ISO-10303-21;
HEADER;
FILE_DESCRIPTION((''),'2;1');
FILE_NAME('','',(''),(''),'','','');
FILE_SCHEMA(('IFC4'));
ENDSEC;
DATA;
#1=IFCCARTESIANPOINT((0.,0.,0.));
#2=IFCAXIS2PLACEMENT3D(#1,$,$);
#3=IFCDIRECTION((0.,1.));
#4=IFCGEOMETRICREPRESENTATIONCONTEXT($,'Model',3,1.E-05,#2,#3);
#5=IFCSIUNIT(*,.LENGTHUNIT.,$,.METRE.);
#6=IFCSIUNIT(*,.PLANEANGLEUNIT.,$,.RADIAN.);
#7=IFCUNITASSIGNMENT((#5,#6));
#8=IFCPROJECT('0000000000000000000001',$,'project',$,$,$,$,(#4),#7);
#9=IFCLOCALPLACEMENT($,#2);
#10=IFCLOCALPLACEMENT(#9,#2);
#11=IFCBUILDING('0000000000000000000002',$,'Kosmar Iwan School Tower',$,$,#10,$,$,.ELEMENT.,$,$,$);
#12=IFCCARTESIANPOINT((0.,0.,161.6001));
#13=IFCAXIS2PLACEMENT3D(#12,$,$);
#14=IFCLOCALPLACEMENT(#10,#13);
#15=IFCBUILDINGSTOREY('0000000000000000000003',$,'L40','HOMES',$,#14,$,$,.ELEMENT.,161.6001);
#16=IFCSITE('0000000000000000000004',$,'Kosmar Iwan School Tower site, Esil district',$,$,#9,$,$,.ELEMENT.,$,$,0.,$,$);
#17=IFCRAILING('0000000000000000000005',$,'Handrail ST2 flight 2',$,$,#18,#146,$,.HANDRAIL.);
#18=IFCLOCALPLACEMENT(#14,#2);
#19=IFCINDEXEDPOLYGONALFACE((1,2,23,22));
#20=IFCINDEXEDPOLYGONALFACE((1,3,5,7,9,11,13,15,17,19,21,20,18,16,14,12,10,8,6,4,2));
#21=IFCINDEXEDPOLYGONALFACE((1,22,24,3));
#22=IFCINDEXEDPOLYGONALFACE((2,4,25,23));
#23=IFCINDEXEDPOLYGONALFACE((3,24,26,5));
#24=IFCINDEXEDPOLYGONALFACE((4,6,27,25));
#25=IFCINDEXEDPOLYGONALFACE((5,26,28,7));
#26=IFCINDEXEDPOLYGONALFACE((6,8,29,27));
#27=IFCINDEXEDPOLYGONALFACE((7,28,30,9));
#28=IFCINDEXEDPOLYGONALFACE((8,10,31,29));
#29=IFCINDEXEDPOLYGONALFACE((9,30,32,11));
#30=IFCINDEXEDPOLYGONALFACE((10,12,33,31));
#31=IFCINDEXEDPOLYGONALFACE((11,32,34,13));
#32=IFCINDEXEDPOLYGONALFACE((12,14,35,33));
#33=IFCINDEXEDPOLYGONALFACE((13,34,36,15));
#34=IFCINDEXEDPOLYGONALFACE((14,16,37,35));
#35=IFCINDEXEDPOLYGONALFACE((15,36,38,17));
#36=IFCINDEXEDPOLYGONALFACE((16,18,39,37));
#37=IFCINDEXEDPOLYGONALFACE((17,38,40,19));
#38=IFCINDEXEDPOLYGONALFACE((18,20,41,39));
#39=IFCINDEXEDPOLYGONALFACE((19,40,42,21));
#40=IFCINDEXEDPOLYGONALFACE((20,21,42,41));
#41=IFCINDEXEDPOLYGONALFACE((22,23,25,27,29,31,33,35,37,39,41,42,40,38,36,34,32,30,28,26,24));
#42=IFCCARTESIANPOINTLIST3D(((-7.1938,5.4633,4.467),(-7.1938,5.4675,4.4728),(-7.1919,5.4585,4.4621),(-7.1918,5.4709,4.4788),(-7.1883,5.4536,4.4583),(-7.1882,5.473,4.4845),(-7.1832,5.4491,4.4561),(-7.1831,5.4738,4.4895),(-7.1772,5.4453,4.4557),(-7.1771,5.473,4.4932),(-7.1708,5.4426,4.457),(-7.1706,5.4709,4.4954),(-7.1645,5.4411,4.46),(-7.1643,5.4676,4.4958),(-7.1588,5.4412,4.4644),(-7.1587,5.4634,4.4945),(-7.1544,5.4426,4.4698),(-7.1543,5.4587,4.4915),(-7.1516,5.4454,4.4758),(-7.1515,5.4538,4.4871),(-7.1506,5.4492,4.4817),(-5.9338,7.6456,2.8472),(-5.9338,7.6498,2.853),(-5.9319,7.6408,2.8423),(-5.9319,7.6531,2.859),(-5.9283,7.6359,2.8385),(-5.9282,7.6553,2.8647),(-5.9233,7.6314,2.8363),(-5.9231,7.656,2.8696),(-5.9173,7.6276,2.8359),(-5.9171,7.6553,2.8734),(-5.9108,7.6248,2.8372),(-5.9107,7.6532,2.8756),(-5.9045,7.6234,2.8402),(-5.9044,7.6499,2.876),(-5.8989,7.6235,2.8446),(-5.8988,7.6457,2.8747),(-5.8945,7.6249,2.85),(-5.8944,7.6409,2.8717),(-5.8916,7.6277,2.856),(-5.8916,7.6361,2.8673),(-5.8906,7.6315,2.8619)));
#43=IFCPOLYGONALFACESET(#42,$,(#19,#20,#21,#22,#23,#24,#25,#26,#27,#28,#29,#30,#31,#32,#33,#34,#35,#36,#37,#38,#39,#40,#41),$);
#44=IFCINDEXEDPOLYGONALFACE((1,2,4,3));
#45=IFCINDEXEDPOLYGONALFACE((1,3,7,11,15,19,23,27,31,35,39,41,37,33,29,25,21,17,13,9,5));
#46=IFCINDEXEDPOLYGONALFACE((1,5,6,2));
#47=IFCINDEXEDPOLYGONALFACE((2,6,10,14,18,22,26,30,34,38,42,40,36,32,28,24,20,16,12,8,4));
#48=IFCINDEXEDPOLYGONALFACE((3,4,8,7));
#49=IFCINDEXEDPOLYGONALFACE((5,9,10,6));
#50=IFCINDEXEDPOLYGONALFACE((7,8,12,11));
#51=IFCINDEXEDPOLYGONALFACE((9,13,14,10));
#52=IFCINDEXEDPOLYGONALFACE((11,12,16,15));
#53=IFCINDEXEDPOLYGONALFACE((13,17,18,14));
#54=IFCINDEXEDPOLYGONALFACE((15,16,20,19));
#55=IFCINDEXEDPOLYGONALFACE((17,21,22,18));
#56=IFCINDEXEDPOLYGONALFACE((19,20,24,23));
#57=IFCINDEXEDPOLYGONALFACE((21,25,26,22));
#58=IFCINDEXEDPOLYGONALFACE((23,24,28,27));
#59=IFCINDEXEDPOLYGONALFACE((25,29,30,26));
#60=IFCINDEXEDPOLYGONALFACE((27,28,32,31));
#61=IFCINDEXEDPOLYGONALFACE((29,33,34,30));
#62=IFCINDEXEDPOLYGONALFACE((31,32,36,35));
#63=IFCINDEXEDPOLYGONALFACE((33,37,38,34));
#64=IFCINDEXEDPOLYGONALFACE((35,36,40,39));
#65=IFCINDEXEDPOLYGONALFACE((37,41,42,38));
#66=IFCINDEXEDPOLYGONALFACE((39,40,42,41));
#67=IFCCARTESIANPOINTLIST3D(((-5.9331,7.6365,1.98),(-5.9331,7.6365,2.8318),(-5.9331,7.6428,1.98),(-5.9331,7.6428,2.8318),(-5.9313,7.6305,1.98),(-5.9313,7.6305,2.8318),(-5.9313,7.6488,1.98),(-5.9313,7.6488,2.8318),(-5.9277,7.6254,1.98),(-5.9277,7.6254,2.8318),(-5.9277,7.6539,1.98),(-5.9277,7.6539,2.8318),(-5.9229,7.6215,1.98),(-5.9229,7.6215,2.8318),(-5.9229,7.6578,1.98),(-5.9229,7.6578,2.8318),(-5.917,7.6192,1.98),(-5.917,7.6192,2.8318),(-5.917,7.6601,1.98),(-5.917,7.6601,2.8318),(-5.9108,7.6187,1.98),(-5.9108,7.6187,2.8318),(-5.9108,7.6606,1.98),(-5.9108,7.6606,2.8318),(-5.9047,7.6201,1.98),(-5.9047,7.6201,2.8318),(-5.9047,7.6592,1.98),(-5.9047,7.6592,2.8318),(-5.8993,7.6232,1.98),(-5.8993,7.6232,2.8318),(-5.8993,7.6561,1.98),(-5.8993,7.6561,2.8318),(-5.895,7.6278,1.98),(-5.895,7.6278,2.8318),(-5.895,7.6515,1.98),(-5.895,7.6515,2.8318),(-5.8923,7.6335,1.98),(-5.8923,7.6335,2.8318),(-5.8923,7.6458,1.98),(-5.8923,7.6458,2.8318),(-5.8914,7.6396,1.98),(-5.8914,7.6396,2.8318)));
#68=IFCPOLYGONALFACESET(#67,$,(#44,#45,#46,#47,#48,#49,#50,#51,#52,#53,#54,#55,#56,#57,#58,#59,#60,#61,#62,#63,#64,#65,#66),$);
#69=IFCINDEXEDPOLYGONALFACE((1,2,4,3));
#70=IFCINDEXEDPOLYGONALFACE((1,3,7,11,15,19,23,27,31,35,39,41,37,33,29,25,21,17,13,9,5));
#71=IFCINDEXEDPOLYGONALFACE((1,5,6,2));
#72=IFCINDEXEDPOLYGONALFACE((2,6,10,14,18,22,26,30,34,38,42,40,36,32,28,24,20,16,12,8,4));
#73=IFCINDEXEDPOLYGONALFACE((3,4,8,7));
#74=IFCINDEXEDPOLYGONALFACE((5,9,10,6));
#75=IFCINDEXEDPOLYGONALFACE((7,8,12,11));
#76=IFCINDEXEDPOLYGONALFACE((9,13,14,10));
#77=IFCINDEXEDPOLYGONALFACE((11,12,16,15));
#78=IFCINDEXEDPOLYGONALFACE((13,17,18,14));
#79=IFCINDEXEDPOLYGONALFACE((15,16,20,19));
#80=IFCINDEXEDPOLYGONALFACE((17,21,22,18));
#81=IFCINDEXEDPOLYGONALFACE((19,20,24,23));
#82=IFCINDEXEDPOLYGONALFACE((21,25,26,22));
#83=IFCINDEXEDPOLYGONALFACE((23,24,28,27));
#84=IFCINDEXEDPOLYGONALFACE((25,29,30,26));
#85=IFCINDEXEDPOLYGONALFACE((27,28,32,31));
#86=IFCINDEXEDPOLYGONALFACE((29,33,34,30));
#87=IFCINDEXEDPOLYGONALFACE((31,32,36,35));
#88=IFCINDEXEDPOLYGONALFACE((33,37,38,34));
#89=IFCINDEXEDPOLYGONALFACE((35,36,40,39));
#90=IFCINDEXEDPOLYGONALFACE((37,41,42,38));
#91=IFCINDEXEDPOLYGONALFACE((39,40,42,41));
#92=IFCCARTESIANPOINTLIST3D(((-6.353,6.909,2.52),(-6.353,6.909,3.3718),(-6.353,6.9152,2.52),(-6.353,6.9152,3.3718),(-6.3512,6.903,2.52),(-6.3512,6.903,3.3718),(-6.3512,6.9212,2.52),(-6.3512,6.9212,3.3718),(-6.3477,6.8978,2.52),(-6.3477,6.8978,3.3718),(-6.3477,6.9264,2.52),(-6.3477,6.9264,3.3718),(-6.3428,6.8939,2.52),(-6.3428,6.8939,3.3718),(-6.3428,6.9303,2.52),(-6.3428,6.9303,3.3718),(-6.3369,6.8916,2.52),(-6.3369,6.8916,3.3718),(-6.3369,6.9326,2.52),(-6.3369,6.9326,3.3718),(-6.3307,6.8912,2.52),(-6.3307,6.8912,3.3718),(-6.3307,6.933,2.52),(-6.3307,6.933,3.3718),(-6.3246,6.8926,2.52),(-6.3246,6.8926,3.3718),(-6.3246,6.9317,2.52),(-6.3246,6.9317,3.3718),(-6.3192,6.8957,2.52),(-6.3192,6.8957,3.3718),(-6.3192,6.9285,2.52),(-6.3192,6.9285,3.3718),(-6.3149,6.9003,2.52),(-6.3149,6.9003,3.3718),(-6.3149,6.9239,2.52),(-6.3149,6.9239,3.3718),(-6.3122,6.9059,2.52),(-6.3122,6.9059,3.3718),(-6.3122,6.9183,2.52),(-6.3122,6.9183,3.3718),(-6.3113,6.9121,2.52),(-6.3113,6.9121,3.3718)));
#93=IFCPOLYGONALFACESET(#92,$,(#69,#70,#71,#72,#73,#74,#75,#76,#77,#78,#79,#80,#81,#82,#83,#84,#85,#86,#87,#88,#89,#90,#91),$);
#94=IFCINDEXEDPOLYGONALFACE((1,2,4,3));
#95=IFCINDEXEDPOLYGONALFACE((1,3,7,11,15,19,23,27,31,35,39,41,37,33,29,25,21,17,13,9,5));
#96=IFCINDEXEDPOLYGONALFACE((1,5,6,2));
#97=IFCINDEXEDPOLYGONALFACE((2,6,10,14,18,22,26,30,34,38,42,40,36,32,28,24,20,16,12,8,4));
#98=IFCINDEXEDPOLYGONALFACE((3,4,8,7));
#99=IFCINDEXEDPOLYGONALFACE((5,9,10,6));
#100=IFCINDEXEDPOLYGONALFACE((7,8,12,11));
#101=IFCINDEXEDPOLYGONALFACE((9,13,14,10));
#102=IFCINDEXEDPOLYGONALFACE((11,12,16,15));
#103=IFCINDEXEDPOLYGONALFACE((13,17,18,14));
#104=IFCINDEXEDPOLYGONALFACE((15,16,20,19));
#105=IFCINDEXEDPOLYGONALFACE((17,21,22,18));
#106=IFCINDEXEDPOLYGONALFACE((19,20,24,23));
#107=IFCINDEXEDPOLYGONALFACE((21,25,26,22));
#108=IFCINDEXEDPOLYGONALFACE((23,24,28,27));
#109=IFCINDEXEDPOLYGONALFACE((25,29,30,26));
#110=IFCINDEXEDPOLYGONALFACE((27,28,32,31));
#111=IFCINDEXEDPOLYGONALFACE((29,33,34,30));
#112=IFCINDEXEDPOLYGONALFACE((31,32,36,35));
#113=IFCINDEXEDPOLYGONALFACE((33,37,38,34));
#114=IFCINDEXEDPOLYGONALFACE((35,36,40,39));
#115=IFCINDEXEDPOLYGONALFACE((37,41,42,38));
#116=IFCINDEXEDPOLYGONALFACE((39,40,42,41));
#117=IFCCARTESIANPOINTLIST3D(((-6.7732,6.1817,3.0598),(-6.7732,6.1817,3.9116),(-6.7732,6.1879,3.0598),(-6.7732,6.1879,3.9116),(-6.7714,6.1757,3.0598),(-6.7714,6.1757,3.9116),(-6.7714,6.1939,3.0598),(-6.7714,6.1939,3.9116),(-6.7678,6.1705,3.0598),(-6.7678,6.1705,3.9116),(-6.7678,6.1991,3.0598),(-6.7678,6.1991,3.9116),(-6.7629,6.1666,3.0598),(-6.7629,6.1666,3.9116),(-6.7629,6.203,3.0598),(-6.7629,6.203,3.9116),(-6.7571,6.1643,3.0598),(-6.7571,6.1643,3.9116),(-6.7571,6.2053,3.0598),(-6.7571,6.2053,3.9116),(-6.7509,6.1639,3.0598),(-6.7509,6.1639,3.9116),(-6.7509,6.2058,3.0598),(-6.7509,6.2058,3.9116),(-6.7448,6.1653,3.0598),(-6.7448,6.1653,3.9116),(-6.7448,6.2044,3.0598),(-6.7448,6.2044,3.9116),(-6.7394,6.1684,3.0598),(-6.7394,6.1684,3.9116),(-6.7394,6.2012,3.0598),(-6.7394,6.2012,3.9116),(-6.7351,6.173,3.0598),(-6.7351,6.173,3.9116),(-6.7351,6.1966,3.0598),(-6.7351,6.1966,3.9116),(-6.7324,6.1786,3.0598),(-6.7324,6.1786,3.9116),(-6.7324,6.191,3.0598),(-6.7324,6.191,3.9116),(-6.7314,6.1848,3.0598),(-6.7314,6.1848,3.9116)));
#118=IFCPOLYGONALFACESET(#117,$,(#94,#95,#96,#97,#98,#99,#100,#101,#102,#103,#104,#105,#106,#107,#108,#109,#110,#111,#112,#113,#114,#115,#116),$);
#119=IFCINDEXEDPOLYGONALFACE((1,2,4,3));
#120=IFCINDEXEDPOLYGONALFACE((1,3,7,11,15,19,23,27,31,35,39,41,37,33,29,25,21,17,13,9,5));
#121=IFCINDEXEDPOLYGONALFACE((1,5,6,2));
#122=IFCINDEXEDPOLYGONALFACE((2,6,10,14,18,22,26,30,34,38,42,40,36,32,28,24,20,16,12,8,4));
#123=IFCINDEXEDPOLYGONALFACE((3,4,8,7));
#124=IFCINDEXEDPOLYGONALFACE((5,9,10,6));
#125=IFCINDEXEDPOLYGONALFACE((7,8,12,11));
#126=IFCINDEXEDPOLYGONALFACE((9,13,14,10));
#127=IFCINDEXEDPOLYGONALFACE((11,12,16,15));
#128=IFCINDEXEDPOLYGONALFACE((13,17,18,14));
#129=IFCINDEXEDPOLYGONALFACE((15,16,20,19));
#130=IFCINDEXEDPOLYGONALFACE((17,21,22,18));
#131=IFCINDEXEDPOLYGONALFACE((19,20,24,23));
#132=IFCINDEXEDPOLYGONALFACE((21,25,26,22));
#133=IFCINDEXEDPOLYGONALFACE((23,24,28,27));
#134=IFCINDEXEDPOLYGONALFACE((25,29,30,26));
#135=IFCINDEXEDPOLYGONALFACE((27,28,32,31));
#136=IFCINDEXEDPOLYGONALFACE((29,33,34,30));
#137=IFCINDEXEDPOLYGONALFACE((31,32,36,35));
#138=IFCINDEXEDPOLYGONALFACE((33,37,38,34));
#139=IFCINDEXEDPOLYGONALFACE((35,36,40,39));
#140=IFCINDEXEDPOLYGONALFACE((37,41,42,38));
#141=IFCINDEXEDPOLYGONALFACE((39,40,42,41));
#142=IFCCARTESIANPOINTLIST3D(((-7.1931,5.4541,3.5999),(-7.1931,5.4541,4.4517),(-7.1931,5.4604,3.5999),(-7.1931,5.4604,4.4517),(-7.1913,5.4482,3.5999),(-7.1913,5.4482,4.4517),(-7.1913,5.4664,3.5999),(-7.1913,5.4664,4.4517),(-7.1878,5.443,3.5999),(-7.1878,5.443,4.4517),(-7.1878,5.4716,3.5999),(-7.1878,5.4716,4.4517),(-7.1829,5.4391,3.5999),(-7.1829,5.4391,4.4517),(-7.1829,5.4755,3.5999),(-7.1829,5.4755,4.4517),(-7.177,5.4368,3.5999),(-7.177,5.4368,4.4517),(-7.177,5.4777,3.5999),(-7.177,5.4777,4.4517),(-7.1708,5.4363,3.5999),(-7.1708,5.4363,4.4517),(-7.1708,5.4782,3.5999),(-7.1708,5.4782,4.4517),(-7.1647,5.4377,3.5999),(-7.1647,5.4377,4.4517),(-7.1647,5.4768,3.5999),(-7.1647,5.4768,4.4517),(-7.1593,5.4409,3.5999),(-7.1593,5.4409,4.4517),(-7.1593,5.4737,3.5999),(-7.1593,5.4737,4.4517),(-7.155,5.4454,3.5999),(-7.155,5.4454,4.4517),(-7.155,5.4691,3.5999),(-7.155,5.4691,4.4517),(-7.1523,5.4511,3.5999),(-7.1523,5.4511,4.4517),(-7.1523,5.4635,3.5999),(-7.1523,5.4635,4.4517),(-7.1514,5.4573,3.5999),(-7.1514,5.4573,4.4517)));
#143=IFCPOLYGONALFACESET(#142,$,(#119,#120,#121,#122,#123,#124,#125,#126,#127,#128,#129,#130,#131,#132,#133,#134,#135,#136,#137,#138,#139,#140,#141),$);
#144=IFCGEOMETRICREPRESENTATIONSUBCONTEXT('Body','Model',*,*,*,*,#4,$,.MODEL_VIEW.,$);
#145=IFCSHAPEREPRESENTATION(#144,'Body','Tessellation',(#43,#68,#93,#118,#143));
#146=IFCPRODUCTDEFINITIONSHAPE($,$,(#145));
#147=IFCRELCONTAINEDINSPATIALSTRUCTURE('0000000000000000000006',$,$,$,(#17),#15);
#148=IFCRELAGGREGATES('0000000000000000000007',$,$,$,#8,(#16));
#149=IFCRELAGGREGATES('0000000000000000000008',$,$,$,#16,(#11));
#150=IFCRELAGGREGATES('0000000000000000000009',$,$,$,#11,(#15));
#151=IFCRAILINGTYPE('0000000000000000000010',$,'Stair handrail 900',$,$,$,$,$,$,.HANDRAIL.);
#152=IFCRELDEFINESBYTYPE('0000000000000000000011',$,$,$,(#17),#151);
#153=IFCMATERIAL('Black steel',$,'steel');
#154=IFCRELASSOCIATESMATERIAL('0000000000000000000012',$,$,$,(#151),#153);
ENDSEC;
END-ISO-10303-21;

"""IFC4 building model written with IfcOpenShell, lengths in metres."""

from ifc_helpers import new_model, si_unit, direction, frame, origin, origin_2d, place, context, subcontext, project, spatial, circle, extrude, material, type_object, element, save


model = new_model("IFC4")

# Units and contexts
model_context = context("Model", 3, precision=1e-05, world=origin(), true_north=direction((0.0, 1.0)))
body_context = subcontext(model_context, "Body", "Model", "MODEL_VIEW")
ifc_project = project(units=[si_unit("LENGTHUNIT", "METRE"), si_unit("PLANEANGLEUNIT", "RADIAN")], contexts=[model_context])

# Site, building, storey
site_placement = place(None, origin())
site = spatial("IfcSite", under=ifc_project, at=site_placement, Name="Kosmar Iwan School Tower site, Esil district", CompositionType="ELEMENT", RefElevation=0.0)
building_placement = place(site_placement, origin())
building = spatial("IfcBuilding", under=site, at=building_placement, Name="Kosmar Iwan School Tower", CompositionType="ELEMENT")
storey_placement = place(building_placement, frame((0.0, 0.0, 161.6001)))
storey = spatial("IfcBuildingStorey", under=building, at=storey_placement, Name="L40", Description="HOMES", CompositionType="ELEMENT", Elevation=161.6001)

# Railing
ifc_material_1 = material(Name="Black steel", Category="steel")
railing_type = type_object("IfcRailingType", Name="Stair handrail 900", PredefinedType="HANDRAIL", material=ifc_material_1)
railing_1_placement = place(storey_placement, frame((-5.9124, 7.6396, 1.98)))
element("IfcRailing", 1, at=railing_1_placement, inside=storey, type_object=railing_type, Name="Handrail ST2 flight 2", PredefinedType="HANDRAIL", context=body_context, shape_type="SweptSolid", body=[
    extrude(circle(Radius=0.0239, at=origin_2d()), frame((0.0, 0.0, 0.876), z_axis=(-0.420603, -0.728496, 0.540728), x_axis=(0.866023, -0.500005, 0.0)), (0.0, 0.0, 1.0), 2.9956),
    extrude(circle(Radius=0.021, at=origin_2d()), origin(), (0.0, 0.0, 1.0), 0.8518),
    extrude(circle(Radius=0.021, at=origin_2d()), frame((-0.4199, -0.7275, 0.54)), (0.0, 0.0, 1.0), 0.8518),
    extrude(circle(Radius=0.021, at=origin_2d()), frame((-0.8401, -1.4548, 1.0798)), (0.0, 0.0, 1.0), 0.8518),
    extrude(circle(Radius=0.021, at=origin_2d()), frame((-1.26, -2.1824, 1.6199)), (0.0, 0.0, 1.0), 0.8518),
])

save(model, "model.ifc")
